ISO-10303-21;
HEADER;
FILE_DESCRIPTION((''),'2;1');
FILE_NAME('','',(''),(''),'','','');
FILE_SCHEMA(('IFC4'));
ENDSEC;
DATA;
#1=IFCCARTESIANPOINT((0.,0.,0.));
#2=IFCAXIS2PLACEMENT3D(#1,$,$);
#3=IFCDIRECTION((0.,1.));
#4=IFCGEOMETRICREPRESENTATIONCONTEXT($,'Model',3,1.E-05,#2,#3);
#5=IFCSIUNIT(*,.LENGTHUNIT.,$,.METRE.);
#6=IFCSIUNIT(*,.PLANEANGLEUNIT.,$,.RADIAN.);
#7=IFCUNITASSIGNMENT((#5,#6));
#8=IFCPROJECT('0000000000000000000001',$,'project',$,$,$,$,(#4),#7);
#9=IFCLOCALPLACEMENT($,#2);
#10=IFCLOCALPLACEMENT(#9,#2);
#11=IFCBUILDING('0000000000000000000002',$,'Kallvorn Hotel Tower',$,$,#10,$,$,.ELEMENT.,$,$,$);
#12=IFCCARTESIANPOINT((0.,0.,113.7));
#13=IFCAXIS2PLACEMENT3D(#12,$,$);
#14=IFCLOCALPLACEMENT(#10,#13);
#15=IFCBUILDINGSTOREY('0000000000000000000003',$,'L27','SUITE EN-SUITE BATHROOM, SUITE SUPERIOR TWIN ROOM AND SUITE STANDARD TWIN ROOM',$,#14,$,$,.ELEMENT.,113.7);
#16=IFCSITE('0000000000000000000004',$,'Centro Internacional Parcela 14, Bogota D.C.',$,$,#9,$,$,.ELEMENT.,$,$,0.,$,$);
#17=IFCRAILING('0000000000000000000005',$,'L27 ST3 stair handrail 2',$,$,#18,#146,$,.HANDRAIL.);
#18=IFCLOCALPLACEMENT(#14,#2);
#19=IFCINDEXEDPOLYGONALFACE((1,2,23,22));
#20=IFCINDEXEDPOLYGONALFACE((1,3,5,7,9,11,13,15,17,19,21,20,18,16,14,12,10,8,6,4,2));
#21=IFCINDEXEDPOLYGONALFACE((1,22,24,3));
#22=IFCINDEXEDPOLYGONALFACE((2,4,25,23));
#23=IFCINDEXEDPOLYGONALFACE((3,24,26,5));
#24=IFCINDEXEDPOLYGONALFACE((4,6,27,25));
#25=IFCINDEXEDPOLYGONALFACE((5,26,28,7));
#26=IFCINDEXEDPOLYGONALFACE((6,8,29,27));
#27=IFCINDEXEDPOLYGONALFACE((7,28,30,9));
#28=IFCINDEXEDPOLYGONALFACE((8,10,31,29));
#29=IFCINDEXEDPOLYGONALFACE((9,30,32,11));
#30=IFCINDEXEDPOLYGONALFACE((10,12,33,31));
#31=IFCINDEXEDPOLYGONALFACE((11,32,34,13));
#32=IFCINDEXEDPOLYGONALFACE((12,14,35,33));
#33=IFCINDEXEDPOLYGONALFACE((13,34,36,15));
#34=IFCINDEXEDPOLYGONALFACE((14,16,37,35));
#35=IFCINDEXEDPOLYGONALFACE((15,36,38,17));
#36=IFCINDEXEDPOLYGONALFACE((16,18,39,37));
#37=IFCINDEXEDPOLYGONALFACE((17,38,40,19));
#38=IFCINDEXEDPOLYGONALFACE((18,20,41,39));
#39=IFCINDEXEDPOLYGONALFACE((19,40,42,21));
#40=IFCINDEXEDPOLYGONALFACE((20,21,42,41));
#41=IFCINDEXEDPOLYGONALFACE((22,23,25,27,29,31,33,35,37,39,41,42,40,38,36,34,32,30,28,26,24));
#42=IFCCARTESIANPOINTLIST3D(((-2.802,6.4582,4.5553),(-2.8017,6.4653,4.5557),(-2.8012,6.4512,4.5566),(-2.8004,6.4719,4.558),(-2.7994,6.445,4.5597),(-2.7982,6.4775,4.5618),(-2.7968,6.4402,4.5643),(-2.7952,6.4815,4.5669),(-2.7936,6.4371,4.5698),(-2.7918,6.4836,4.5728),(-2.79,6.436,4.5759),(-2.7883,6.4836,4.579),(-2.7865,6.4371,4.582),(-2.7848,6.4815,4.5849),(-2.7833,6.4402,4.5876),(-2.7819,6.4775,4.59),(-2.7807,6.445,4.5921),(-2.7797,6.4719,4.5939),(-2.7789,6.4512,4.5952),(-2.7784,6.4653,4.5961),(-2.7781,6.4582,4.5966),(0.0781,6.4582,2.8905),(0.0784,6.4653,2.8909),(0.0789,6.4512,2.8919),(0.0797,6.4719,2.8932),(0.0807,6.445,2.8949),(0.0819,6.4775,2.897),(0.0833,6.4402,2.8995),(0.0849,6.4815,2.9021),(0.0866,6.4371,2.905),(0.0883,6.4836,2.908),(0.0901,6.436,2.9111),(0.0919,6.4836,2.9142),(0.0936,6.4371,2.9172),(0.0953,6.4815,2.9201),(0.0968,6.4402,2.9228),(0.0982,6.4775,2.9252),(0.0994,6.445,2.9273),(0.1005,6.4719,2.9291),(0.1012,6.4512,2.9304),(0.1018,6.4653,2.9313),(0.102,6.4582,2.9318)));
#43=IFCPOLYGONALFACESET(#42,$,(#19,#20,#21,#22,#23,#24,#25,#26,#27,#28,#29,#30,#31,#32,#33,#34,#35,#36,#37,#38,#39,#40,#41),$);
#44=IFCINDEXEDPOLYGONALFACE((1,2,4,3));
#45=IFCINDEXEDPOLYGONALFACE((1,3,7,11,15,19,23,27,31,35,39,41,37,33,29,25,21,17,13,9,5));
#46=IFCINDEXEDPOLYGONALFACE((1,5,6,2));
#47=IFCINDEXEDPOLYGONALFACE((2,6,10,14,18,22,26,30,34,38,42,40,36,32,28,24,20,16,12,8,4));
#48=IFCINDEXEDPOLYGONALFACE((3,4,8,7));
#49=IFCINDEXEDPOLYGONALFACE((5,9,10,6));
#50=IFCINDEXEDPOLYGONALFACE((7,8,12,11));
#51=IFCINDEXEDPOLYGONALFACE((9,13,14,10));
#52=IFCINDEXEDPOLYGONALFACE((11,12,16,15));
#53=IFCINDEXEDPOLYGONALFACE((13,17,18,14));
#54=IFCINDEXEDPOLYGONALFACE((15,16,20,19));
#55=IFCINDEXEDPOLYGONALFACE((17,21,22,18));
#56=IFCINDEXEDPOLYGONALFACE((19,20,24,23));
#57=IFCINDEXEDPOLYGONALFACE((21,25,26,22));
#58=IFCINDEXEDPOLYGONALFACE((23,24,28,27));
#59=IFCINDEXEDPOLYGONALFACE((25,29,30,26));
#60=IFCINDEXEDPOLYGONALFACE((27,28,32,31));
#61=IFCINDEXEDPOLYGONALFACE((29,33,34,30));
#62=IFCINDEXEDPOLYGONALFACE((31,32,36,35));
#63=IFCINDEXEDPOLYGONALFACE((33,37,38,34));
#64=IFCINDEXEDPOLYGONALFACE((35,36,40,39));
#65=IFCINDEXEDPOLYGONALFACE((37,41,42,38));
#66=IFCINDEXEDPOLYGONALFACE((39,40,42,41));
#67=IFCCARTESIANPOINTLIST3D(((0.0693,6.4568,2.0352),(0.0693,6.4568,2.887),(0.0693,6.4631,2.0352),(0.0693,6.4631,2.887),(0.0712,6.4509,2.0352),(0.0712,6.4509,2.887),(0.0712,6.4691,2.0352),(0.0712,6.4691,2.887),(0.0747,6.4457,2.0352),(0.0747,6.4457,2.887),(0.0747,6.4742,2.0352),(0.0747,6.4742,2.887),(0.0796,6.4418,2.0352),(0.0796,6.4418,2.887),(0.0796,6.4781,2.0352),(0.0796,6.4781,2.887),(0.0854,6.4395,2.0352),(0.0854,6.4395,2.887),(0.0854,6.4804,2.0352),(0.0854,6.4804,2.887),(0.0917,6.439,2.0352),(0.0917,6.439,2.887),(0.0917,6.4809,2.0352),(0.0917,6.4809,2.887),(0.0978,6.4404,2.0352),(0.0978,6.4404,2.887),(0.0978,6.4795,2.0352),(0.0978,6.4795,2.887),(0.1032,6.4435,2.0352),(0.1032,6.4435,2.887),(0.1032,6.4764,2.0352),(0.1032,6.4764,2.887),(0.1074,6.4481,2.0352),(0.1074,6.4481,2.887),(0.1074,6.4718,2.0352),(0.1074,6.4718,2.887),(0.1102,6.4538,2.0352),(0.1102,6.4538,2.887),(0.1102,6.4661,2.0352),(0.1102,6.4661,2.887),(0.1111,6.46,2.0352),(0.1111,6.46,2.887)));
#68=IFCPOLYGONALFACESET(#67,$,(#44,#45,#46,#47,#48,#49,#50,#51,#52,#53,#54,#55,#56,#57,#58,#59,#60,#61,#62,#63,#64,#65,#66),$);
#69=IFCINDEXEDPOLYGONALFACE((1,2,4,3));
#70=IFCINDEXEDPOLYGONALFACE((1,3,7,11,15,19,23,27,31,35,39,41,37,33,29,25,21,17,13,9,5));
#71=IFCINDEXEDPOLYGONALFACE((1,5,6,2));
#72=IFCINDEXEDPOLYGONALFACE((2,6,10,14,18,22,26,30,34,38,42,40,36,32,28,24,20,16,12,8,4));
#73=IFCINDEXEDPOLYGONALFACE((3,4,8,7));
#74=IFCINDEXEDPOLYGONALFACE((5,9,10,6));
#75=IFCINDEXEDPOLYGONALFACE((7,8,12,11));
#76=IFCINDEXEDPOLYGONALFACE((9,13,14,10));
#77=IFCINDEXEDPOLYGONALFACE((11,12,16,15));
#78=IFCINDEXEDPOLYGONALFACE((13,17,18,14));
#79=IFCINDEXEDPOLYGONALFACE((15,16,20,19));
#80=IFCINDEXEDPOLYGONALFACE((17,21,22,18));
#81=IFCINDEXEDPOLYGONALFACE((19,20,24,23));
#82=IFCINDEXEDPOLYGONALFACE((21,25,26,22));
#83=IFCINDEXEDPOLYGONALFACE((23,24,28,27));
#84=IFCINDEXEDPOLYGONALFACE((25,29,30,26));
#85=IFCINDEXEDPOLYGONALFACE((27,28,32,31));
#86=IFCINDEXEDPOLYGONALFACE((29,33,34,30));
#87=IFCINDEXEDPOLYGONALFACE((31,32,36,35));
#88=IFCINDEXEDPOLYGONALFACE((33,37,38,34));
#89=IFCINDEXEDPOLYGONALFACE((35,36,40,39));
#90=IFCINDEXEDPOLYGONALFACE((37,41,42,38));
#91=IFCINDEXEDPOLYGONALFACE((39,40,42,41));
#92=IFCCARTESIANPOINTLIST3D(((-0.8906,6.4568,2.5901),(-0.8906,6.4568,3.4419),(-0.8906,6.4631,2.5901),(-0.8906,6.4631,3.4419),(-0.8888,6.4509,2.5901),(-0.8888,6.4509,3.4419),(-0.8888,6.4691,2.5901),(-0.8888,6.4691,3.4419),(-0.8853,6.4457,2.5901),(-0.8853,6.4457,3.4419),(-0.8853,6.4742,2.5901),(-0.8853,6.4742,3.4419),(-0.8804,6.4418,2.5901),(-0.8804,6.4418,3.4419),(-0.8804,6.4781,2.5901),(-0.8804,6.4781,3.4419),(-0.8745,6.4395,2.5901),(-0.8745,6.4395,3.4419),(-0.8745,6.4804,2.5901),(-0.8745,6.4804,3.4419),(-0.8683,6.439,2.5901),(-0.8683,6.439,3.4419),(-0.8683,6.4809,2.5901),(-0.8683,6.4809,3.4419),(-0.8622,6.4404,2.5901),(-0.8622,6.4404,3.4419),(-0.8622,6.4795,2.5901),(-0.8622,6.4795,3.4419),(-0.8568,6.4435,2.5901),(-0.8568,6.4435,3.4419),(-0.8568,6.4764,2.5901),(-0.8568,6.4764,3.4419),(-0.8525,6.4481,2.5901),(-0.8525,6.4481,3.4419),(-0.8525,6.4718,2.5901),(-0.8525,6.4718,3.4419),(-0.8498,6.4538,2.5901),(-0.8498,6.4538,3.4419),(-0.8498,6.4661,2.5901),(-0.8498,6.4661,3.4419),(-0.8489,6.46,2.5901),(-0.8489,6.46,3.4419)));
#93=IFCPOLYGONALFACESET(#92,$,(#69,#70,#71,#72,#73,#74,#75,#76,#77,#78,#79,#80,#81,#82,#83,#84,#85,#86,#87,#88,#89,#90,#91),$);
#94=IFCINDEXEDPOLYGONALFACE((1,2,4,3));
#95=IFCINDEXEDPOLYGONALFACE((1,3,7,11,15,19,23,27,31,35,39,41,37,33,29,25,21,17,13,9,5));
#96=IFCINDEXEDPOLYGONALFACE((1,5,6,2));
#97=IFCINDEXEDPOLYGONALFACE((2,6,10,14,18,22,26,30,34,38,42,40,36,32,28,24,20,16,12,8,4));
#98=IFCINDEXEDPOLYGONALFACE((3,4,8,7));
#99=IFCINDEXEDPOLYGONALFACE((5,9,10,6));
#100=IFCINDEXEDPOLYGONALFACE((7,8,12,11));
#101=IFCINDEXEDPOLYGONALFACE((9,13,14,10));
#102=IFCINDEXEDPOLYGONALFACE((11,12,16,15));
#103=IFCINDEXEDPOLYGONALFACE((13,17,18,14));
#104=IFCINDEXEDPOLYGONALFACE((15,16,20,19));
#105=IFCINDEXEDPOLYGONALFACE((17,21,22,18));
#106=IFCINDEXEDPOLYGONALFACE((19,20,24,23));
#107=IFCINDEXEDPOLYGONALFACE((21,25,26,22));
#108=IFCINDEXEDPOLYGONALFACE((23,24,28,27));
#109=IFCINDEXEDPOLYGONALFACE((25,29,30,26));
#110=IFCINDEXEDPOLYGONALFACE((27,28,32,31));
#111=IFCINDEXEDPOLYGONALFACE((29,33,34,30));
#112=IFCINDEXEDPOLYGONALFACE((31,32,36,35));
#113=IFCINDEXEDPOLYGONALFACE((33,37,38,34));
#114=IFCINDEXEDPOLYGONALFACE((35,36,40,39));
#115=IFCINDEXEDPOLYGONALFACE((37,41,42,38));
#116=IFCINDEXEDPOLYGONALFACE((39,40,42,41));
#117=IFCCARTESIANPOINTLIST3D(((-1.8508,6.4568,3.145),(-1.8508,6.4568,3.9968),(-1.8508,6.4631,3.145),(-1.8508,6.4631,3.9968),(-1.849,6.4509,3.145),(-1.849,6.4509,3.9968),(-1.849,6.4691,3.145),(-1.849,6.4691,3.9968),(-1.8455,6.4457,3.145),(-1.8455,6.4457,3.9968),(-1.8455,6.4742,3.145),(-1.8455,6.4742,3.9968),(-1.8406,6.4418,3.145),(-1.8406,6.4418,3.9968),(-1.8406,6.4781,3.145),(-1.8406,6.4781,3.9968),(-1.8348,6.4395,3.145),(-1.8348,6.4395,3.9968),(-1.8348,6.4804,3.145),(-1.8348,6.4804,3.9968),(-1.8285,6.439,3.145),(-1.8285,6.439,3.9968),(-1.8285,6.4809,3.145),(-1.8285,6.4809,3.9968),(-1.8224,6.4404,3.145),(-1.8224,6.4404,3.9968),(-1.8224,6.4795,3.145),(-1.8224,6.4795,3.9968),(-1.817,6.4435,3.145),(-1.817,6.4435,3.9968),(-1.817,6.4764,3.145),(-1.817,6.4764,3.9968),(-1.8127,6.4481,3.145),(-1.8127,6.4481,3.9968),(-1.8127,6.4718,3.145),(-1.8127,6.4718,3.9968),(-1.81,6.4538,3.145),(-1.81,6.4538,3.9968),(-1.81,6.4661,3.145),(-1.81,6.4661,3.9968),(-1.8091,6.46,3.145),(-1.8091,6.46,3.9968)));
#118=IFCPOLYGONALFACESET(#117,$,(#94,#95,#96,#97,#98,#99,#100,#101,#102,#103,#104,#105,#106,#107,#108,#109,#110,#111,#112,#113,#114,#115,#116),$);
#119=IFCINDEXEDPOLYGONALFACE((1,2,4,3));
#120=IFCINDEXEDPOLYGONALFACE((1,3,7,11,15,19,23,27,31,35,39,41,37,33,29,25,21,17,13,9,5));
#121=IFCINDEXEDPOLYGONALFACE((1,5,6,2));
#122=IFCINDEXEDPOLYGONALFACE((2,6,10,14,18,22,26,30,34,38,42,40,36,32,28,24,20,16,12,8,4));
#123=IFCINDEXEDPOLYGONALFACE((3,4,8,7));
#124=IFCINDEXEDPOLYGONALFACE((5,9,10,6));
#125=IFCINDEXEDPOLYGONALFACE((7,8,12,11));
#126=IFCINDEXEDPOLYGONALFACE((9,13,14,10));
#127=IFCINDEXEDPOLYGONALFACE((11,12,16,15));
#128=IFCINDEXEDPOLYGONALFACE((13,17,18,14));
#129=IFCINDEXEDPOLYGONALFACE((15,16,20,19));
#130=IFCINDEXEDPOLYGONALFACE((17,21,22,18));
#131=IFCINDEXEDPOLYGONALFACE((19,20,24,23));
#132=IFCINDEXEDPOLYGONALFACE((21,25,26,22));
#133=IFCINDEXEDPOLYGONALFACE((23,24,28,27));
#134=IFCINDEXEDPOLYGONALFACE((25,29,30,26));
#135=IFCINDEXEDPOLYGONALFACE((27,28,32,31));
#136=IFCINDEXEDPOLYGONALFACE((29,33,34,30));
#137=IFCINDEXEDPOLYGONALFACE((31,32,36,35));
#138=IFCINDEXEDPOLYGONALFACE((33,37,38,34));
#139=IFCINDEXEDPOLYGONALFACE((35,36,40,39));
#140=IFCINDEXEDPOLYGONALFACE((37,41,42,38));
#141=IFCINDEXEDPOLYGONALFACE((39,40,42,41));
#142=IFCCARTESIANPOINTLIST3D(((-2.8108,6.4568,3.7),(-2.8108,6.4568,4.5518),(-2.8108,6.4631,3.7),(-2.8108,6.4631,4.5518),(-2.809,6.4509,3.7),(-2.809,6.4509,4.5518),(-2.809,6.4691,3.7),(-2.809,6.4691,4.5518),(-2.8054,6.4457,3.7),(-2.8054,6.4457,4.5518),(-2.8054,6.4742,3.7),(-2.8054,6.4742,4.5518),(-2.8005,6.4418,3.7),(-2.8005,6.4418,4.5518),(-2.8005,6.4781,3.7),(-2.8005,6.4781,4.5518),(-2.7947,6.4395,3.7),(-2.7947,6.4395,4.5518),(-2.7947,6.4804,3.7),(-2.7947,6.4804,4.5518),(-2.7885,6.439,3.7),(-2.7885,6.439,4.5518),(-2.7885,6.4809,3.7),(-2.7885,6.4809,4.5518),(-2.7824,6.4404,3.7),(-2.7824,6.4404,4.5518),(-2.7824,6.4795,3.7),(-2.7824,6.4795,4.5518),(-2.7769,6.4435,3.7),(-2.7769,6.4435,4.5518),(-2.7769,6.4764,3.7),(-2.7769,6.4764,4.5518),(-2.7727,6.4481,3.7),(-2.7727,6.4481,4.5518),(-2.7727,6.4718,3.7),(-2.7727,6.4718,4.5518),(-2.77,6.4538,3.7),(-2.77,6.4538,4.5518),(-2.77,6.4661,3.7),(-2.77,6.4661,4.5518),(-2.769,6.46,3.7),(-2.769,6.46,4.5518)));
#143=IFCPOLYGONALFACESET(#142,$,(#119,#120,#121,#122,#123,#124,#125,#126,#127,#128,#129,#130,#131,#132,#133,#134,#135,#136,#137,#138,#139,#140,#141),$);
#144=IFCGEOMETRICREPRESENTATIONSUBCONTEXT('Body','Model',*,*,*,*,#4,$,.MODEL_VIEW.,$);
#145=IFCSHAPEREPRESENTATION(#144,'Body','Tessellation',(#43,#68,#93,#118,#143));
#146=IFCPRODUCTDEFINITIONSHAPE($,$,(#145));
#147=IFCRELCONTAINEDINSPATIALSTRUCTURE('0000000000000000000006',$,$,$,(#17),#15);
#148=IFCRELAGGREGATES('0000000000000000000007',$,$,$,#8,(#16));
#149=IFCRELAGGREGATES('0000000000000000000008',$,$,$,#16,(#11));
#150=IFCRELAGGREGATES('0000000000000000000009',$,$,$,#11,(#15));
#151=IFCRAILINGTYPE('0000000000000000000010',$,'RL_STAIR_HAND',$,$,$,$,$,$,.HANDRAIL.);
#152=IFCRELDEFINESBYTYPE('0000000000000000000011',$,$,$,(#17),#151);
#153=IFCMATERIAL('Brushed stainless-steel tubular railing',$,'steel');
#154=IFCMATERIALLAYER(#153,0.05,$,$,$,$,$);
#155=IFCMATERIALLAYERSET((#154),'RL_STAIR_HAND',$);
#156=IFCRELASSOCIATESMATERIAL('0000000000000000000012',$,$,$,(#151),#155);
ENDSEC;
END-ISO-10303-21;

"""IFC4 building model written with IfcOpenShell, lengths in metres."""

from ifc_helpers import new_model, si_unit, direction, frame, origin, origin_2d, place, context, subcontext, project, spatial, circle, extrude, material, layer, layer_set, type_object, element, save


model = new_model("IFC4")

# Units and contexts
model_context = context("Model", 3, precision=1e-05, world=origin(), true_north=direction((0.0, 1.0)))
body_context = subcontext(model_context, "Body", "Model", "MODEL_VIEW")
ifc_project = project(units=[si_unit("LENGTHUNIT", "METRE"), si_unit("PLANEANGLEUNIT", "RADIAN")], contexts=[model_context])

# Site, building, storey
site_placement = place(None, origin())
site = spatial("IfcSite", under=ifc_project, at=site_placement, Name="Centro Internacional Parcela 14, Bogota D.C.", CompositionType="ELEMENT", RefElevation=0.0)
building_placement = place(site_placement, origin())
building = spatial("IfcBuilding", under=site, at=building_placement, Name="Kallvorn Hotel Tower", CompositionType="ELEMENT")
storey_placement = place(building_placement, frame((0.0, 0.0, 113.7)))
storey = spatial("IfcBuildingStorey", under=building, at=storey_placement, Name="L27", Description="SUITE EN-SUITE BATHROOM, SUITE SUPERIOR TWIN ROOM AND SUITE STANDARD TWIN ROOM", CompositionType="ELEMENT", Elevation=113.7)

# Railing
ifc_material_1 = material(Name="Brushed stainless-steel tubular railing", Category="steel")
ifc_layer_1 = layer(ifc_material_1, 0.05)
ifc_layer_set_1 = layer_set([ifc_layer_1], Name="RL_STAIR_HAND")
railing_type_1 = type_object("IfcRailingType", Name="RL_STAIR_HAND", PredefinedType="HANDRAIL", material=ifc_layer_set_1)
railing_1_placement = place(storey_placement, frame((0.0901, 6.46, 2.0352)))
element("IfcRailing", 1, at=railing_1_placement, inside=storey, type_object=railing_type_1, Name="L27 ST3 stair handrail 2", PredefinedType="HANDRAIL", context=body_context, shape_type="SweptSolid", body=[
    extrude(circle(Radius=0.0239, at=origin_2d()), frame((0.0, 0.0, 0.876), z_axis=(-0.865771, 0.0, 0.50044), x_axis=(0.0, -1.0, 0.0)), (0.0, 0.0, 1.0), 3.3267),
    extrude(circle(Radius=0.021, at=origin_2d()), origin(), (0.0, 0.0, 1.0), 0.8518),
    extrude(circle(Radius=0.021, at=origin_2d()), frame((-0.96, 0.0, 0.5549)), (0.0, 0.0, 1.0), 0.8518),
    extrude(circle(Radius=0.021, at=origin_2d()), frame((-1.9202, 0.0, 1.1099)), (0.0, 0.0, 1.0), 0.8518),
    extrude(circle(Radius=0.021, at=origin_2d()), frame((-2.8801, 0.0, 1.6648)), (0.0, 0.0, 1.0), 0.8518),
])

save(model, "model.ifc")
